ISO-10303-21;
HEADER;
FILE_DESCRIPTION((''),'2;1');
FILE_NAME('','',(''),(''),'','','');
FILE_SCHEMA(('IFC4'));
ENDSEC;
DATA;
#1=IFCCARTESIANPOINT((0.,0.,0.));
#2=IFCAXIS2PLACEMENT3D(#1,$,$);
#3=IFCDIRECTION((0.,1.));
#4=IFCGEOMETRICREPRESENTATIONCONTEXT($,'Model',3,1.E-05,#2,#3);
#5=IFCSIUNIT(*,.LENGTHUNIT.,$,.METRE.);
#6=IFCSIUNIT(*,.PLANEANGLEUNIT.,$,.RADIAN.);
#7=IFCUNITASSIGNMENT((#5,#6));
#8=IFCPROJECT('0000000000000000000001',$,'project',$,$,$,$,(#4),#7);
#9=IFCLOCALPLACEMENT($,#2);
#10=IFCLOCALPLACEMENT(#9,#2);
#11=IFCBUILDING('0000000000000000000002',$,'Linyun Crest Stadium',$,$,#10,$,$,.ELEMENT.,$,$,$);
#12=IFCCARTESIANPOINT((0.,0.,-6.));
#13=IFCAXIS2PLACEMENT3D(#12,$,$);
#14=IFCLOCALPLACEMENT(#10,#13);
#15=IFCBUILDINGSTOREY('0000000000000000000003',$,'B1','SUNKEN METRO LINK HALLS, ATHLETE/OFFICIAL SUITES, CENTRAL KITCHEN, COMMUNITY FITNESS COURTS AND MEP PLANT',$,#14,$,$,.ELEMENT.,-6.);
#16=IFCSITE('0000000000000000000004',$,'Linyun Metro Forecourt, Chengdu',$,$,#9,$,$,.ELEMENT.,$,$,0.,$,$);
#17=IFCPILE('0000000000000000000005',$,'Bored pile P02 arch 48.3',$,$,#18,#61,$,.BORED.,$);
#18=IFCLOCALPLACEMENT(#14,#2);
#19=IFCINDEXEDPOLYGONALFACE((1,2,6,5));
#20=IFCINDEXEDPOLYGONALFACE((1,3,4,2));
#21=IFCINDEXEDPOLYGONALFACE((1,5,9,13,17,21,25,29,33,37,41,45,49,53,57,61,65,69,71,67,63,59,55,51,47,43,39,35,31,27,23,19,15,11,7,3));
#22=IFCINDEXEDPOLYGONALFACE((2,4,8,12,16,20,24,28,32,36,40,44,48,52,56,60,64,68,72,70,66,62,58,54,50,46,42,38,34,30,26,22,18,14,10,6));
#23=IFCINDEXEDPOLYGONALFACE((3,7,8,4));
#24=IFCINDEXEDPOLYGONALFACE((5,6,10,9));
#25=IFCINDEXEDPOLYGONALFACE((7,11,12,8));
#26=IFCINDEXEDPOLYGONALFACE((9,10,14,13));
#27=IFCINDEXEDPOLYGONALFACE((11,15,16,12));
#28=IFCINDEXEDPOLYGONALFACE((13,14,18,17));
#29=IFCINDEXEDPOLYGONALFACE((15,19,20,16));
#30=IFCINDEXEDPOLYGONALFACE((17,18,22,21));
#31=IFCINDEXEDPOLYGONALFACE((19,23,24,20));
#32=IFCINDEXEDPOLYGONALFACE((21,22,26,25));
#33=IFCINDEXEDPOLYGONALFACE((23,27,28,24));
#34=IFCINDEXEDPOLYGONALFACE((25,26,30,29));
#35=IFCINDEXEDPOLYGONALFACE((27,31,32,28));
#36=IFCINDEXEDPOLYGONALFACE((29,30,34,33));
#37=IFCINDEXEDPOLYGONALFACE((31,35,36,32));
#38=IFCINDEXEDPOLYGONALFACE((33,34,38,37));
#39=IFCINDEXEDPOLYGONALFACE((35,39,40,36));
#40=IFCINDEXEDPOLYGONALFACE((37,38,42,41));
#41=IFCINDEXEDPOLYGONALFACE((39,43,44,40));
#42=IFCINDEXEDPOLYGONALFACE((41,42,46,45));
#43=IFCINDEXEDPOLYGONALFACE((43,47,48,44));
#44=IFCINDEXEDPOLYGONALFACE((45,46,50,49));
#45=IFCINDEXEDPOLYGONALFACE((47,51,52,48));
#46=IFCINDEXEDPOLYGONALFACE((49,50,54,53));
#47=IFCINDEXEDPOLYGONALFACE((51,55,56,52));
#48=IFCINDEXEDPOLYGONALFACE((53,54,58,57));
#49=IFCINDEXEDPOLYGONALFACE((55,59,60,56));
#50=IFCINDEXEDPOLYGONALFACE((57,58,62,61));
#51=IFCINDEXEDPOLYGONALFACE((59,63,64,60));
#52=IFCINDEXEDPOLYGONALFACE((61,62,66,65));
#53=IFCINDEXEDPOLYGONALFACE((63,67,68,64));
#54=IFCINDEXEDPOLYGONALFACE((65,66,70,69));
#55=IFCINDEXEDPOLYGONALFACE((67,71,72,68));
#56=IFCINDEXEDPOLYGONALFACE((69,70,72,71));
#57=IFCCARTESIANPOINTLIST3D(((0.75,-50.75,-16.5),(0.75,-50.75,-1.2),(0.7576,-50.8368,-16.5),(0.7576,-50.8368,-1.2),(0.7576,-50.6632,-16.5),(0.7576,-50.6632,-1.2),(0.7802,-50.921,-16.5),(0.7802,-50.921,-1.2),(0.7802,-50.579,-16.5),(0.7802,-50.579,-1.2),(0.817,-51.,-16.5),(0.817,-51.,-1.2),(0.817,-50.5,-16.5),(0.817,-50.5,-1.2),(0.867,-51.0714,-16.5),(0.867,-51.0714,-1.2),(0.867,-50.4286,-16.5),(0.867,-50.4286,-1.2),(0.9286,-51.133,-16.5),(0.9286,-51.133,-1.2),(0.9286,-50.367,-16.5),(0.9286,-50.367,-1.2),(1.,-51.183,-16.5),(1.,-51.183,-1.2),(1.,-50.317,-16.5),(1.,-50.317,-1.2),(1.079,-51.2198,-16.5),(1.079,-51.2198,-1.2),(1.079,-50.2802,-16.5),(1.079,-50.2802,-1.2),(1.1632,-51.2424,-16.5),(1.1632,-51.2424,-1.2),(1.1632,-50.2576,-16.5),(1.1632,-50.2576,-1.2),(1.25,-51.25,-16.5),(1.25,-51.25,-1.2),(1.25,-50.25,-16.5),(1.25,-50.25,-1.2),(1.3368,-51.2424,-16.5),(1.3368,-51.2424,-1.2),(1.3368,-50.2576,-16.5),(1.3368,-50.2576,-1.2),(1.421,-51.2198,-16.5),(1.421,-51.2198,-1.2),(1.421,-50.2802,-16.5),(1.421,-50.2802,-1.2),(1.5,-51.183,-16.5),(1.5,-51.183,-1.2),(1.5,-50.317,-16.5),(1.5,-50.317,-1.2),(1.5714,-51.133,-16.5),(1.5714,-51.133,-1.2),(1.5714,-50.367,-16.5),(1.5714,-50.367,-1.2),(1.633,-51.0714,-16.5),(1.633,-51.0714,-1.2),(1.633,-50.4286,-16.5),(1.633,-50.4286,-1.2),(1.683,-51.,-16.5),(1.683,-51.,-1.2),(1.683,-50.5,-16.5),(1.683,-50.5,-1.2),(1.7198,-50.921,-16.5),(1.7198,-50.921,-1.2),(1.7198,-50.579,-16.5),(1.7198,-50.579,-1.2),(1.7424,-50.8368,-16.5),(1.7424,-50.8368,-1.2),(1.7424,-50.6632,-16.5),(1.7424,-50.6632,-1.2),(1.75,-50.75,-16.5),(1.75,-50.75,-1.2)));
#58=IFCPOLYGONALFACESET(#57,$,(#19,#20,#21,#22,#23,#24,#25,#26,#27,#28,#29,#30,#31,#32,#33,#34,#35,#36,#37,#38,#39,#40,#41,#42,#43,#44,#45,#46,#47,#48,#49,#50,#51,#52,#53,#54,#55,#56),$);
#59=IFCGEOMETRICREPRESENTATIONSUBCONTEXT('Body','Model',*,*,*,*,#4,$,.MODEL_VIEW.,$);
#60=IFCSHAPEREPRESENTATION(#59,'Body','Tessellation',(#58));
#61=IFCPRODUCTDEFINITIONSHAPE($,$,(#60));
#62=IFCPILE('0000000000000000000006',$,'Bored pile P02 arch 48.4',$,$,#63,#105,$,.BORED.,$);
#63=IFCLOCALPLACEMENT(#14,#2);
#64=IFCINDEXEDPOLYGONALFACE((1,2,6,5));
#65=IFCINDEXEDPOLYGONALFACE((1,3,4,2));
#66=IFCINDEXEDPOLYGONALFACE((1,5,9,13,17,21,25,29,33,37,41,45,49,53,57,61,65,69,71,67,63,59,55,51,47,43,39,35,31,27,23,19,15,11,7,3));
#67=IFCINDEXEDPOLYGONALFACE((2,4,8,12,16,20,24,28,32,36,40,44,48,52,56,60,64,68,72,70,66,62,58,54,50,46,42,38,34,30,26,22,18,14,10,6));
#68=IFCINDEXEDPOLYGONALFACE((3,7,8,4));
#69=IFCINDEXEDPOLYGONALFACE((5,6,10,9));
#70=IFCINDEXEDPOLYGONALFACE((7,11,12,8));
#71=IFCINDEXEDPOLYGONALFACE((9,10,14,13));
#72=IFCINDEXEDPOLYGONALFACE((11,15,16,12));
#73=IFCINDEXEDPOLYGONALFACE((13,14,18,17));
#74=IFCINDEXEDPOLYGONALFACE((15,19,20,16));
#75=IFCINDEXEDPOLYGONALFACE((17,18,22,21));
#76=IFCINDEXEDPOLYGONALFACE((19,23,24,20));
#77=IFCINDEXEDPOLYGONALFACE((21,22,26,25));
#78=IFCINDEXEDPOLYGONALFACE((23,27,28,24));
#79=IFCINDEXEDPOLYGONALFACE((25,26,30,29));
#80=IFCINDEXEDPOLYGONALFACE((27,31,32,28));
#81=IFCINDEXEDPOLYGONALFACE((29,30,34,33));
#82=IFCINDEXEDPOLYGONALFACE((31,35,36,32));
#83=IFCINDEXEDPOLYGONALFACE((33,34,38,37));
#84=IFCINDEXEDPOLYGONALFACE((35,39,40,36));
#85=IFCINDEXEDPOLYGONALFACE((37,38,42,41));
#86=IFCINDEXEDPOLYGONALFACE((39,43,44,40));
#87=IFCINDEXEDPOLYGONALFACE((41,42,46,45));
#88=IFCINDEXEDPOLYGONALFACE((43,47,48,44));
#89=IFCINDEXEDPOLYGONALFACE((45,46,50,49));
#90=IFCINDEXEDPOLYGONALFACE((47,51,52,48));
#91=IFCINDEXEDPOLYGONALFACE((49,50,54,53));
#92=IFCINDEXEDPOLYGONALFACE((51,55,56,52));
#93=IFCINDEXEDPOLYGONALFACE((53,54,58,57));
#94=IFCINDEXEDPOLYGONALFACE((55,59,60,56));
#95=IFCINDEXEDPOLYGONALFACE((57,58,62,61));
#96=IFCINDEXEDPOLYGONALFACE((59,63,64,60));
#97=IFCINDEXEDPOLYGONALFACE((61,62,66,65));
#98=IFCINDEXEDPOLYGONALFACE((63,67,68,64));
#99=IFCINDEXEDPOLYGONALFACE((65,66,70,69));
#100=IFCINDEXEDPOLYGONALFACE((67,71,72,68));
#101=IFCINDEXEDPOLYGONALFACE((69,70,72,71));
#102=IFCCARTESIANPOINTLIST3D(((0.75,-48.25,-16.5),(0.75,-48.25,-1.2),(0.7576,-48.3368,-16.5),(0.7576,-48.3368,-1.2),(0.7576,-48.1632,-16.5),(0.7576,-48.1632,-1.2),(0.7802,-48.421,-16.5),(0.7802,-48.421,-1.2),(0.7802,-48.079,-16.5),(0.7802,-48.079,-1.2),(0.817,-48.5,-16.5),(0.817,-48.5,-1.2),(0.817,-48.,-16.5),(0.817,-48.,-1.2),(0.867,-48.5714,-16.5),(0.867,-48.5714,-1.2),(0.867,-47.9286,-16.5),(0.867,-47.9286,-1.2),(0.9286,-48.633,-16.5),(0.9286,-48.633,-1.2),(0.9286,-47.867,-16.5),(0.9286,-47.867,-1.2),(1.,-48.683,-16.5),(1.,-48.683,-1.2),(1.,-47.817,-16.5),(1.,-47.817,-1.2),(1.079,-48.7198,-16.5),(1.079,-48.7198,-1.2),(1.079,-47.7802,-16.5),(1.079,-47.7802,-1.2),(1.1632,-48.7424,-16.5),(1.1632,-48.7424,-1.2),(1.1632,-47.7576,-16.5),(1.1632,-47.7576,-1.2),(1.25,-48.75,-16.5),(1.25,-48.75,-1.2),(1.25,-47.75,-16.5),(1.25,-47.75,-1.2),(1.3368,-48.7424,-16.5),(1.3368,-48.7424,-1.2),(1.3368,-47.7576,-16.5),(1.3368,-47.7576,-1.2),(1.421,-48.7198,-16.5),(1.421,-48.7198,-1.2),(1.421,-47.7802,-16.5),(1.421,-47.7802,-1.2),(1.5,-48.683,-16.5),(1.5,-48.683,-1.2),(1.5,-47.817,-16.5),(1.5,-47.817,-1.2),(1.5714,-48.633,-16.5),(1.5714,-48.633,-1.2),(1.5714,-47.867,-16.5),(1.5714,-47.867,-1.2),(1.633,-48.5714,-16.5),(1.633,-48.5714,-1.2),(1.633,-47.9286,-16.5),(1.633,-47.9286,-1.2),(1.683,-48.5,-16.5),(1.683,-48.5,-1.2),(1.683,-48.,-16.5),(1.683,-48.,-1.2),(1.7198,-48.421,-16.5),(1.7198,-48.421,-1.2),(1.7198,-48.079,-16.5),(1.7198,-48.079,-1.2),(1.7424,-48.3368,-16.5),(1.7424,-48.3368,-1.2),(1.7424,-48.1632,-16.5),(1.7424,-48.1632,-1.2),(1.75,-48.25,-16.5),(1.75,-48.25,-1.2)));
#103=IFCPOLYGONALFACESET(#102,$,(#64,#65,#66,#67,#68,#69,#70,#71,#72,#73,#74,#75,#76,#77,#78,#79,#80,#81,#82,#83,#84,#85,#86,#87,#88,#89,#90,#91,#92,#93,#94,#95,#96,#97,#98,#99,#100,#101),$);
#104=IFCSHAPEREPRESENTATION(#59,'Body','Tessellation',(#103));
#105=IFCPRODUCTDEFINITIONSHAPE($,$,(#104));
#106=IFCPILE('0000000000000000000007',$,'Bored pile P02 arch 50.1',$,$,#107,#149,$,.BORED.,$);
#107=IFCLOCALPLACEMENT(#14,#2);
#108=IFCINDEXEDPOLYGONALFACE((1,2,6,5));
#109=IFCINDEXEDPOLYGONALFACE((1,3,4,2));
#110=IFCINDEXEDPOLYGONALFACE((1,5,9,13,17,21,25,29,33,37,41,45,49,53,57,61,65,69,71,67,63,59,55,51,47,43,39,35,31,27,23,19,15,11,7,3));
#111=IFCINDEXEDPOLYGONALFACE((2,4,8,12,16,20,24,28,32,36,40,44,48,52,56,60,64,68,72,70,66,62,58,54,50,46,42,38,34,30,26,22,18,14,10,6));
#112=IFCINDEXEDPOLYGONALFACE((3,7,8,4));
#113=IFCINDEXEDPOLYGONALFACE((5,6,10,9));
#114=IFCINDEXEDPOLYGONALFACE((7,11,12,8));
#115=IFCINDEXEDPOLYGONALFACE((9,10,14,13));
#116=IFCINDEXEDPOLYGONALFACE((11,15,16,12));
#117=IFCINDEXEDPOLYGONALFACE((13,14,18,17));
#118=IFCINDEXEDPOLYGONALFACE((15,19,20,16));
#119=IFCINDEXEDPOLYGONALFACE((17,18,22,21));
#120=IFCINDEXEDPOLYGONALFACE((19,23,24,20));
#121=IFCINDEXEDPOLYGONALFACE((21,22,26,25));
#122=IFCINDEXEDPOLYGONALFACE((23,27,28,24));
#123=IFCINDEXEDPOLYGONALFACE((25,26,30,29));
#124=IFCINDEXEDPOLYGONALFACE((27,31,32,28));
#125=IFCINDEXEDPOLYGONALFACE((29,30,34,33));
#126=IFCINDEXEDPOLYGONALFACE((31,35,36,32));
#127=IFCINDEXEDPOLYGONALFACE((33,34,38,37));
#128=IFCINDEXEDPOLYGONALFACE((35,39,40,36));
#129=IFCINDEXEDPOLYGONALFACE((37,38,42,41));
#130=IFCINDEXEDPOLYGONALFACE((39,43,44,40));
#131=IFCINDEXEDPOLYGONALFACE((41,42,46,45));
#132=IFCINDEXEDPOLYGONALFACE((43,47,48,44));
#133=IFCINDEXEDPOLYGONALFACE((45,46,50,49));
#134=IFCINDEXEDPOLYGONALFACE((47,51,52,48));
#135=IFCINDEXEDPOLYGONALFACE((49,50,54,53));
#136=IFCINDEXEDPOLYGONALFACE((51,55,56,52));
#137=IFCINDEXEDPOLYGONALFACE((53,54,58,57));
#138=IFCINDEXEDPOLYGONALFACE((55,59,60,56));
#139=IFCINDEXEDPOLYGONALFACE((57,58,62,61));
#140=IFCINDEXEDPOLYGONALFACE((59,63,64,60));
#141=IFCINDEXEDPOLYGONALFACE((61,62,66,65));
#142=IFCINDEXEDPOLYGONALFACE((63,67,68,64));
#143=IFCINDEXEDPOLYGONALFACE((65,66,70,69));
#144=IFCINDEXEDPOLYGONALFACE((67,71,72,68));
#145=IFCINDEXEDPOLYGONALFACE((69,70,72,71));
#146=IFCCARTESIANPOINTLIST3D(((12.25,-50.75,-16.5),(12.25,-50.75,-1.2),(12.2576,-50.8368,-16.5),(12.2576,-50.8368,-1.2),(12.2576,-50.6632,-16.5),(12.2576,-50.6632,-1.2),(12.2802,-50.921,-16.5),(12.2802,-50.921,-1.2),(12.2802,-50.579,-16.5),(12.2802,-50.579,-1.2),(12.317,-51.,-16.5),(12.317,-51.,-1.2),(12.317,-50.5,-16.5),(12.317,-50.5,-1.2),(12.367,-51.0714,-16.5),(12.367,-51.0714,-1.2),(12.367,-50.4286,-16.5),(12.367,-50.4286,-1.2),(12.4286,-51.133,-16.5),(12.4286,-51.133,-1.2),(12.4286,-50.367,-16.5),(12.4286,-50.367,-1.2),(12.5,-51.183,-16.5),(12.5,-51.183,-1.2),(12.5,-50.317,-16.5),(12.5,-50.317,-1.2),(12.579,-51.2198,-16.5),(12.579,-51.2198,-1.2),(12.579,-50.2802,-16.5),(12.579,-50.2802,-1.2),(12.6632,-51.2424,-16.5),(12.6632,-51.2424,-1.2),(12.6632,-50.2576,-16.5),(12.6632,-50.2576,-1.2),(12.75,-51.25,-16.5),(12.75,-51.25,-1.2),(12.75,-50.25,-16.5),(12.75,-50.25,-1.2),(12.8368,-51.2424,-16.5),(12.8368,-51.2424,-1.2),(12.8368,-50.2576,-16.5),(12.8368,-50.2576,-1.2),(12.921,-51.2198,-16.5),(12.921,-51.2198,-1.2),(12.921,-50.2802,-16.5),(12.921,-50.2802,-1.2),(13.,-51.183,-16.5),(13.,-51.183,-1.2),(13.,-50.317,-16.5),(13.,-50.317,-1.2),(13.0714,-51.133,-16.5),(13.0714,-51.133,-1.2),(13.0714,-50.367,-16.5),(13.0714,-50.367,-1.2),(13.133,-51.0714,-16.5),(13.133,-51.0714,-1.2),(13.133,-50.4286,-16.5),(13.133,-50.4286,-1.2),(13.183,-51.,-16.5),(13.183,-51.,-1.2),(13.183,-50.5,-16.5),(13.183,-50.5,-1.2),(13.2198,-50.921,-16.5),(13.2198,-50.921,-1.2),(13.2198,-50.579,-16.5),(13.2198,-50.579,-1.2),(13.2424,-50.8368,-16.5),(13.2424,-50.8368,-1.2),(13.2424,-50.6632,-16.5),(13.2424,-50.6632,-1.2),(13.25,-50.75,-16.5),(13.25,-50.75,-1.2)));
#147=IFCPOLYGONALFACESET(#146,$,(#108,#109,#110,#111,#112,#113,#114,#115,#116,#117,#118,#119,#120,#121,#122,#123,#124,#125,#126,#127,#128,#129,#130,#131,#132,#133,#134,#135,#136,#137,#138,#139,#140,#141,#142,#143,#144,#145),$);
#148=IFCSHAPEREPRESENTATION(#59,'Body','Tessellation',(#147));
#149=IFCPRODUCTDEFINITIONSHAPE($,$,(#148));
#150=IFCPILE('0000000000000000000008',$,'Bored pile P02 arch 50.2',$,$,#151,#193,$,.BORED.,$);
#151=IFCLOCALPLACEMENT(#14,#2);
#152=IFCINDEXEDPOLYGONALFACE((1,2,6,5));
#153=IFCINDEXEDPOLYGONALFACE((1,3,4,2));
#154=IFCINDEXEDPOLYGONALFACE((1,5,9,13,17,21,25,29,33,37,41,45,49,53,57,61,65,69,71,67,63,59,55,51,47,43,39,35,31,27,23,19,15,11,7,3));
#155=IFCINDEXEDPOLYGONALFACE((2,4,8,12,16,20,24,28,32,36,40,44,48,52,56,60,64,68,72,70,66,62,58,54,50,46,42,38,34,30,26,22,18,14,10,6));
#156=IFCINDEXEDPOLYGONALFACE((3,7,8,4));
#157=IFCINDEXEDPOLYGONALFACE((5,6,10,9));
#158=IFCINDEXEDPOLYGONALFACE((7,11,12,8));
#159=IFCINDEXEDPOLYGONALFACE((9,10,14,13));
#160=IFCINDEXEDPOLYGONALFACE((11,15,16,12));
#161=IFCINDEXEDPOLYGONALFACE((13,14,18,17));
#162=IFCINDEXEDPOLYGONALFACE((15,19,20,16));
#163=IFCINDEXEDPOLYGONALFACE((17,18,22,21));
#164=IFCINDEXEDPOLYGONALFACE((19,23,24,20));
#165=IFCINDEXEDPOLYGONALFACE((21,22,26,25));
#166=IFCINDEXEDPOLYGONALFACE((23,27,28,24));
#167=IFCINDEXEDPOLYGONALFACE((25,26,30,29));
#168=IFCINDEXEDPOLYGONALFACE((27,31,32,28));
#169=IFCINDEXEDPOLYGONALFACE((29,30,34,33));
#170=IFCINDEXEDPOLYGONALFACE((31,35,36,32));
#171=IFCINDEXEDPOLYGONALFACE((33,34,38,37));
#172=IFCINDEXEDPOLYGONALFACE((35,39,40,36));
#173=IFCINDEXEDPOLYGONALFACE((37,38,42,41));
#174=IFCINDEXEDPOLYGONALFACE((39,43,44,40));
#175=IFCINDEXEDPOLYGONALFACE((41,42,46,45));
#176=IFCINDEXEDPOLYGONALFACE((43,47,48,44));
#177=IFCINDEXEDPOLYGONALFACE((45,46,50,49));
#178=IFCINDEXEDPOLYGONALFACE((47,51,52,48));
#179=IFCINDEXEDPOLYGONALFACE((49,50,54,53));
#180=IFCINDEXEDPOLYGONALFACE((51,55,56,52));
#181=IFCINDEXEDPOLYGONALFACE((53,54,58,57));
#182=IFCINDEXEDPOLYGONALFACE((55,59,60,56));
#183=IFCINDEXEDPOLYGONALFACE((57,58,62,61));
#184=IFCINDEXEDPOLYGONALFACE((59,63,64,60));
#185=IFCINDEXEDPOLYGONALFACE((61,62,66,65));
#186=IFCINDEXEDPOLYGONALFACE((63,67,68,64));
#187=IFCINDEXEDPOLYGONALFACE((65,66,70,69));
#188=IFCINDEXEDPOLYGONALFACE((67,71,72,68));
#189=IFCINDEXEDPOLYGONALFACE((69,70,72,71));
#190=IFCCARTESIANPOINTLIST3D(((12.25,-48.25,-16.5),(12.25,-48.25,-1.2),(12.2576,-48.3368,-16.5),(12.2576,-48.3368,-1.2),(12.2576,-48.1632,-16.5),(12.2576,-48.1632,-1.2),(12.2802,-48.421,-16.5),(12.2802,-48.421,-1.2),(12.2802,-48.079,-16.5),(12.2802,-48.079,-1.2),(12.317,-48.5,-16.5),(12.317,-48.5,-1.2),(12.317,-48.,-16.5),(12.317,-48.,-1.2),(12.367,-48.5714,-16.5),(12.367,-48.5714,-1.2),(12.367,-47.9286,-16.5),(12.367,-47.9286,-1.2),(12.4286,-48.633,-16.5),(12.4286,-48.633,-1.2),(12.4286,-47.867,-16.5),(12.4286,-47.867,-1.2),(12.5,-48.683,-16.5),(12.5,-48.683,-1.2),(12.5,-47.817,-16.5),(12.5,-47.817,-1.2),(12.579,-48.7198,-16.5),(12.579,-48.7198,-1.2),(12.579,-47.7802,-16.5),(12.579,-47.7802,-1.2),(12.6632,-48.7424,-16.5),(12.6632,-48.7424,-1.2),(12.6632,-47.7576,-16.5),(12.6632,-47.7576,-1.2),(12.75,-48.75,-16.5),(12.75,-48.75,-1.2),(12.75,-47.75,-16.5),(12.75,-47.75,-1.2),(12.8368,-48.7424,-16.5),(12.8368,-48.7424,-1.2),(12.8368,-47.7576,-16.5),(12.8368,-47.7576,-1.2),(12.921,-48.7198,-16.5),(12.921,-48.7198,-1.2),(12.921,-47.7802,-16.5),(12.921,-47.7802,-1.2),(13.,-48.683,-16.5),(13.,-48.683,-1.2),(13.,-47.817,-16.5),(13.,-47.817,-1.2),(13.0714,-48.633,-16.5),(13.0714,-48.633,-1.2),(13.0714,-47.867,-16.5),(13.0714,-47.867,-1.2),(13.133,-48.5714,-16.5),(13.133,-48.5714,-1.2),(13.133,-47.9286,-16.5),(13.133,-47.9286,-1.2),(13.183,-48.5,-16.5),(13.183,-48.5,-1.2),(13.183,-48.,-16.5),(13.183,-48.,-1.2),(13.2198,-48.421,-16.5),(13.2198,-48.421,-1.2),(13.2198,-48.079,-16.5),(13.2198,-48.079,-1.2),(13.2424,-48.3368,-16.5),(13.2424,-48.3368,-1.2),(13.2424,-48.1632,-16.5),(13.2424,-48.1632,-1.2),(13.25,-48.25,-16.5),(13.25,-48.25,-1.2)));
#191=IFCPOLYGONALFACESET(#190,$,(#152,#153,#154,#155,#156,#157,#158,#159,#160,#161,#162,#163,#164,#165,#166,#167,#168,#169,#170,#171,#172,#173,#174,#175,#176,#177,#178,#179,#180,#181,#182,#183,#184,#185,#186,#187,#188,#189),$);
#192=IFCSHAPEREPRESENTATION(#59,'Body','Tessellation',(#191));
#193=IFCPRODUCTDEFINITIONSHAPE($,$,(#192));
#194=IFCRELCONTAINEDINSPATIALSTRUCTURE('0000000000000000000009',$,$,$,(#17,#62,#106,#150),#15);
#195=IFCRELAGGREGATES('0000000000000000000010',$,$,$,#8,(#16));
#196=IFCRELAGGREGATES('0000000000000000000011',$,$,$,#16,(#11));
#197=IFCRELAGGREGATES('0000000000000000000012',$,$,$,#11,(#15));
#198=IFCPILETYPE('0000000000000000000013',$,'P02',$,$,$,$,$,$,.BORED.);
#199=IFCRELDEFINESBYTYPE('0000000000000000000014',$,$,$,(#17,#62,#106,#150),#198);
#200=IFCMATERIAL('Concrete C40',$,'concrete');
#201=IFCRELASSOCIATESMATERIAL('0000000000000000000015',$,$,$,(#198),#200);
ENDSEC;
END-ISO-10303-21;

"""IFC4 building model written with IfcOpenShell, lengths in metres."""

from ifc_helpers import new_model, si_unit, direction, frame, origin, origin_2d, place, context, subcontext, project, spatial, circle, extrude, material, material_profile, profile_set, type_object, element, save


model = new_model("IFC4")

# Units and contexts
model_context = context("Model", 3, precision=1e-05, world=origin(), true_north=direction((0.0, 1.0)))
body_context = subcontext(model_context, "Body", "Model", "MODEL_VIEW")
ifc_project = project(units=[si_unit("LENGTHUNIT", "METRE"), si_unit("PLANEANGLEUNIT", "RADIAN")], contexts=[model_context])

# Site, building, storey
site_placement = place(None, origin())
site = spatial("IfcSite", under=ifc_project, at=site_placement, Name="Linyun Metro Forecourt, Chengdu", CompositionType="ELEMENT", RefElevation=0.0)
building_placement = place(site_placement, origin())
building = spatial("IfcBuilding", under=site, at=building_placement, Name="Linyun Crest Stadium", CompositionType="ELEMENT")
storey_placement = place(building_placement, frame((0.0, 0.0, -6.0)))
storey = spatial("IfcBuildingStorey", under=building, at=storey_placement, Name="B1", Description="SUNKEN METRO LINK HALLS, ATHLETE/OFFICIAL SUITES, CENTRAL KITCHEN, COMMUNITY FITNESS COURTS AND MEP PLANT", CompositionType="ELEMENT", Elevation=-6.0)

# Piles
ifc_material_1 = material(Name="Concrete C40", Category="concrete")
ifc_material_profile_1 = material_profile(ifc_material_1, circle(Radius=0.5, at=origin_2d()), Name="BORED PILE 1000")
ifc_profile_set_1 = profile_set([ifc_material_profile_1], Name="Concrete C40")
pile_type_1 = type_object("IfcPileType", Name="P02", PredefinedType="BORED", material=ifc_profile_set_1)
for number, where, z_axis, x_axis, name in (
    (1, (1.25, -50.75, -1.2), (0.0, 0.0, -1.0), (1.0, 0.0, 0.0), "Bored pile P02 arch 48.3"),
    (2, (1.25, -48.25, -1.2), (0.0, 0.0, -1.0), (1.0, 0.0, 0.0), "Bored pile P02 arch 48.4"),
    (3, (12.75, -50.75, -1.2), (0.0, 0.0, -1.0), (1.0, 0.0, 0.0), "Bored pile P02 arch 50.1"),
    (4, (12.75, -48.25, -1.2), (0.0, 0.0, -1.0), (1.0, 0.0, 0.0), "Bored pile P02 arch 50.2"),
):
    element("IfcPile", number, at=place(storey_placement, frame(where, z_axis=z_axis, x_axis=x_axis)), inside=storey, type_object=pile_type_1, Name=name, PredefinedType="BORED", context=body_context, shape_type="SweptSolid", body=[
        extrude(circle(Radius=0.5, at=origin_2d()), origin(), (0.0, 0.0, 1.0), 15.3),
    ])

save(model, "model.ifc")
